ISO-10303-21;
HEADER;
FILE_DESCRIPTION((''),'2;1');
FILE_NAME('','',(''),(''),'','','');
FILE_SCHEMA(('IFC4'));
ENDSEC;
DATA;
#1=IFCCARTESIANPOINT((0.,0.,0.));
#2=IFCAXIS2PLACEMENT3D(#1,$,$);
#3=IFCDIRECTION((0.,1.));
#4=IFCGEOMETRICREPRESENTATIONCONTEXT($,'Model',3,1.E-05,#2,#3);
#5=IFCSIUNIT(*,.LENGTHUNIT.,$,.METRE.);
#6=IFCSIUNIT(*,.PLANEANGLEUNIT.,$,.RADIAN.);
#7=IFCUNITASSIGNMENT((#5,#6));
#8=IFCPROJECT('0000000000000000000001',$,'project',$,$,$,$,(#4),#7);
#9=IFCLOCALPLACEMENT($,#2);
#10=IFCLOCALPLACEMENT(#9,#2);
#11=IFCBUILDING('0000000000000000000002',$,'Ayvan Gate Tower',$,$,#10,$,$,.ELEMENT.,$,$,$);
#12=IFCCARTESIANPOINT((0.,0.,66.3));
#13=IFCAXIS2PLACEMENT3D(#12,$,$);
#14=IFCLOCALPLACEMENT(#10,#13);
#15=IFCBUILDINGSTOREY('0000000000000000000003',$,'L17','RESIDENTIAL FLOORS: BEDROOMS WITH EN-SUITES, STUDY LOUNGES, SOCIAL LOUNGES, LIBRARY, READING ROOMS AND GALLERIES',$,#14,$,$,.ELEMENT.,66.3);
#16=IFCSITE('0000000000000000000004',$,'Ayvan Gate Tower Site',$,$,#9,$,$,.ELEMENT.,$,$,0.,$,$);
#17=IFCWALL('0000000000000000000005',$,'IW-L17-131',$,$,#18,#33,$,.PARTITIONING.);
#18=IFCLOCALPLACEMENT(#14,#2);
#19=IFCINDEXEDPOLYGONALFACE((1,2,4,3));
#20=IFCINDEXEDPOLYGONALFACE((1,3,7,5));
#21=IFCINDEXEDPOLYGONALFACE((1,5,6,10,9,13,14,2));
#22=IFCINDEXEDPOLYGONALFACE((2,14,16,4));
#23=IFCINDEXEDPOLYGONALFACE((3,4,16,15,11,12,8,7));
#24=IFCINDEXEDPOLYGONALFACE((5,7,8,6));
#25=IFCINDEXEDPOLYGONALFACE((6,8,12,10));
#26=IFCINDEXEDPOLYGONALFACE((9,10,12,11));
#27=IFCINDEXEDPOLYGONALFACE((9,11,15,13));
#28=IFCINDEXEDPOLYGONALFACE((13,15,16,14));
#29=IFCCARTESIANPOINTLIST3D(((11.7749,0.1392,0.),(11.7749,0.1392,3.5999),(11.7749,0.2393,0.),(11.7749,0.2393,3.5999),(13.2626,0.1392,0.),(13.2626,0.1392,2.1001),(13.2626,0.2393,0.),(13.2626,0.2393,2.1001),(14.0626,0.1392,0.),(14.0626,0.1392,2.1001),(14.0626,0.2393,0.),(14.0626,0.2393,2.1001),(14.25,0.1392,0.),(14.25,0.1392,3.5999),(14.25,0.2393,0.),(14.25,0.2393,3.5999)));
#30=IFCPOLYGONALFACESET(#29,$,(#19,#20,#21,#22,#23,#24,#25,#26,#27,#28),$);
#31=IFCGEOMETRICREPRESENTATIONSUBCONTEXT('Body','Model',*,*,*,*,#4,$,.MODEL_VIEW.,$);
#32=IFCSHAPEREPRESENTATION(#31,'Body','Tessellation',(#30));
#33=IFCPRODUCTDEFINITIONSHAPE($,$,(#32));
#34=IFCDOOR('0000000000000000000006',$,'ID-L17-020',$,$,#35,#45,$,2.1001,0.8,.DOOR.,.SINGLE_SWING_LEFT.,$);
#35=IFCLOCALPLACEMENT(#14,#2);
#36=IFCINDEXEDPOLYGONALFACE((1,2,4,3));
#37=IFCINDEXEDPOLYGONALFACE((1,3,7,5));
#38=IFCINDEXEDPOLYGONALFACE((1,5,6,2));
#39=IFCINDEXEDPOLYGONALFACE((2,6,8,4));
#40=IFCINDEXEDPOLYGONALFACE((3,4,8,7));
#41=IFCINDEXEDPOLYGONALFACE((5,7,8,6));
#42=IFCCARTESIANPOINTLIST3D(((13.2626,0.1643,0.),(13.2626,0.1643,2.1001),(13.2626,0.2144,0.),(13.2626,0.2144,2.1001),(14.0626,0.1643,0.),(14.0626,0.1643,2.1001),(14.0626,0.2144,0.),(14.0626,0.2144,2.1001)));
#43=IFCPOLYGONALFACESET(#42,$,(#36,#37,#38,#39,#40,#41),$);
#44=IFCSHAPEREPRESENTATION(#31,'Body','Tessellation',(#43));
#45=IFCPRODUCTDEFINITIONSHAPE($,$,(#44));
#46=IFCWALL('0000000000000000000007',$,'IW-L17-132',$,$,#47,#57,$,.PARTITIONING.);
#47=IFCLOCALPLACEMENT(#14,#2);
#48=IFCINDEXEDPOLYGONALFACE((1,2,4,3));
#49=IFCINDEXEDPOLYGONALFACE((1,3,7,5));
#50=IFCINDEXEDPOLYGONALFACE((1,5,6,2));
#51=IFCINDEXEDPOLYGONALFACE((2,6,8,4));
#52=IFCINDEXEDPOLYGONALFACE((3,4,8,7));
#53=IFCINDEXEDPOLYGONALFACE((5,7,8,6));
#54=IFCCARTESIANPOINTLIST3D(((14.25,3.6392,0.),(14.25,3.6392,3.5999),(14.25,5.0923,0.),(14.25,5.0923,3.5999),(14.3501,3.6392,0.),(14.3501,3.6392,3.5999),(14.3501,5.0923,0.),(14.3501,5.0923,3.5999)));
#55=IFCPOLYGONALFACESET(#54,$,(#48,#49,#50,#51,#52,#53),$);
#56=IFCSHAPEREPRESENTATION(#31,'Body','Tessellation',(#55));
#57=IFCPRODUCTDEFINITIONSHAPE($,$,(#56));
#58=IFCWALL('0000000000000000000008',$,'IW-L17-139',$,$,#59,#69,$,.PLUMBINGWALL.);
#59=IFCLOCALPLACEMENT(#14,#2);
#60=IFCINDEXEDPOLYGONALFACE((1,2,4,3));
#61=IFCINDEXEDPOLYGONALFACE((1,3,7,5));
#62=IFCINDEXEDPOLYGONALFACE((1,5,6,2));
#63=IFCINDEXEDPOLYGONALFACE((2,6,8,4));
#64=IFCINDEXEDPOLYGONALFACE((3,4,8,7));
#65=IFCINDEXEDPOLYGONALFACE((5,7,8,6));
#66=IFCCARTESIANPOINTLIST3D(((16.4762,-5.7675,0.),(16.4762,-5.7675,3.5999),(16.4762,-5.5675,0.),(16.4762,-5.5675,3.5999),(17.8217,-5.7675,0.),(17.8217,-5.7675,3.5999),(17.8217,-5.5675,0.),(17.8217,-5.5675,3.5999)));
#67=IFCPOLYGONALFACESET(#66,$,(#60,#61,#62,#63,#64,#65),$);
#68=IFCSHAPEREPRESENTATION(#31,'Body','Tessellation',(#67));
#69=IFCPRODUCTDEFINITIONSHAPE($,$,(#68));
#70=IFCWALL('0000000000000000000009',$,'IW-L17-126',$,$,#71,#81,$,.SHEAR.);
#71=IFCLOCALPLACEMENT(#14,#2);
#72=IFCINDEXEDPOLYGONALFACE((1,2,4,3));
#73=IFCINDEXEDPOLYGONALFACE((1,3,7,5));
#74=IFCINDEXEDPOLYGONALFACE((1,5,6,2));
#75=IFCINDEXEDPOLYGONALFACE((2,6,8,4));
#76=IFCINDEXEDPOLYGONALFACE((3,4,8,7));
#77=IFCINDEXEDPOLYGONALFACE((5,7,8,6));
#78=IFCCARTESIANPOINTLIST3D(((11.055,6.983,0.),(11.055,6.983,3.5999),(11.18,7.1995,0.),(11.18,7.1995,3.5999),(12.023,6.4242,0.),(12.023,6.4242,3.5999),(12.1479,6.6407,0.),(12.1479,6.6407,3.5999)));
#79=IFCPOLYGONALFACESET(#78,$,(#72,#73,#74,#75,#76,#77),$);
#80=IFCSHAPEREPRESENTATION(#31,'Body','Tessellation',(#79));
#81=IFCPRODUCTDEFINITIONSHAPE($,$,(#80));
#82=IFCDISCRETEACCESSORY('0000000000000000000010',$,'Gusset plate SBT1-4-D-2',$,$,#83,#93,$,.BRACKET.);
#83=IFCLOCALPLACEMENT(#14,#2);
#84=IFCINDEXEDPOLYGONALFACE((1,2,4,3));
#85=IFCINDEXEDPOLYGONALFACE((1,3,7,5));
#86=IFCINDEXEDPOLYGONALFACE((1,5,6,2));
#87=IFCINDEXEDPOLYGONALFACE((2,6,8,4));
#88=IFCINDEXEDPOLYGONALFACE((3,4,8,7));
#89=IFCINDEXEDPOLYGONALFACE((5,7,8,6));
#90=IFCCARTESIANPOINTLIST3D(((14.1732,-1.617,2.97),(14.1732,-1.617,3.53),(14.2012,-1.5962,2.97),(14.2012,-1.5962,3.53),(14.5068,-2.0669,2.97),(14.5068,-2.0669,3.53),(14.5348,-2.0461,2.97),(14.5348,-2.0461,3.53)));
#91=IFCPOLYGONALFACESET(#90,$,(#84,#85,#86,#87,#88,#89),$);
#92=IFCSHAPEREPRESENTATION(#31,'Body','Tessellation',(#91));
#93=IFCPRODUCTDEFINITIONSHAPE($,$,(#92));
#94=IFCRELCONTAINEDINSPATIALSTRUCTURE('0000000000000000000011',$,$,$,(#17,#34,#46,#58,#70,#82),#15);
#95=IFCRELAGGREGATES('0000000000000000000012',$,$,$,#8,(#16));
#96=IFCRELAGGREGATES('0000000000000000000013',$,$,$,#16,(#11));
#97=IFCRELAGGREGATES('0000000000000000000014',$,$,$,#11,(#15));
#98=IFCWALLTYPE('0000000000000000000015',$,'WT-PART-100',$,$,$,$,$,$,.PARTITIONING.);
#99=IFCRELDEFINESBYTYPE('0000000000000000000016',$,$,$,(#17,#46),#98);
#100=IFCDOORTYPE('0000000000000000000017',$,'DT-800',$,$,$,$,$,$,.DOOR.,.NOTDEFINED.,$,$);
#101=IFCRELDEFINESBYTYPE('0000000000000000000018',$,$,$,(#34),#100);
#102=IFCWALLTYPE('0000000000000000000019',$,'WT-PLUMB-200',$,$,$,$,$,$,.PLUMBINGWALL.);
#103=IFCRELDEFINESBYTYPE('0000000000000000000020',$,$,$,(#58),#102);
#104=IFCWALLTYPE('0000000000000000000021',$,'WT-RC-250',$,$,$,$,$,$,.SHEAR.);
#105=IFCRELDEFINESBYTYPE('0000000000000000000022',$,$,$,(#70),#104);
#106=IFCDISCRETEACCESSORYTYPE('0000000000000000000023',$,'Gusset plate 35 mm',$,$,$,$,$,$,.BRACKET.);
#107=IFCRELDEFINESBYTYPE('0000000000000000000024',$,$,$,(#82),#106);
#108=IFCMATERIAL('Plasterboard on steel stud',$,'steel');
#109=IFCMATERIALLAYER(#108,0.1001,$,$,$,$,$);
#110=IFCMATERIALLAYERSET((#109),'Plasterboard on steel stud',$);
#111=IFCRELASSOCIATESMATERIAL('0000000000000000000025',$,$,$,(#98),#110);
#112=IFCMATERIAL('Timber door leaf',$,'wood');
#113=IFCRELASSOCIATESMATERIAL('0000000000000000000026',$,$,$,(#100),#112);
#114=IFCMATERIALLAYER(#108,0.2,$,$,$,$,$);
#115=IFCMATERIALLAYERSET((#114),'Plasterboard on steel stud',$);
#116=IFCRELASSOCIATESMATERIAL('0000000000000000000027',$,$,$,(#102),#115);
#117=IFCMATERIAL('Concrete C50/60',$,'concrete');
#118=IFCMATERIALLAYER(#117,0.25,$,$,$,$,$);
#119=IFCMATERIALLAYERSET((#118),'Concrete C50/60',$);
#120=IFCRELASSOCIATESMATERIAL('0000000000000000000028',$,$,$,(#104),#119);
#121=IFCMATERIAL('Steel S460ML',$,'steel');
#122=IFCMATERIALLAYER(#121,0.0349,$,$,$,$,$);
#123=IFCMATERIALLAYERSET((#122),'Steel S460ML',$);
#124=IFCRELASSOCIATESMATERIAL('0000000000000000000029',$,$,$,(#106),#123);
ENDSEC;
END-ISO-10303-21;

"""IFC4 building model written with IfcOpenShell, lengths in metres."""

from ifc_helpers import new_model, si_unit, direction, frame, frame_2d, origin, origin_2d, place, context, subcontext, project, spatial, rectangle, extrude, material, layer, layer_set, type_object, element, fill, save


model = new_model("IFC4")

# Units and contexts
model_context = context("Model", 3, precision=1e-05, world=origin(), true_north=direction((0.0, 1.0)))
body_context = subcontext(model_context, "Body", "Model", "MODEL_VIEW")
ifc_project = project(units=[si_unit("LENGTHUNIT", "METRE"), si_unit("PLANEANGLEUNIT", "RADIAN")], contexts=[model_context])

# Site, building, storey
site_placement = place(None, origin())
site = spatial("IfcSite", under=ifc_project, at=site_placement, Name="Ayvan Gate Tower Site", CompositionType="ELEMENT", RefElevation=0.0)
building_placement = place(site_placement, origin())
building = spatial("IfcBuilding", under=site, at=building_placement, Name="Ayvan Gate Tower", CompositionType="ELEMENT")
storey_placement = place(building_placement, frame((0.0, 0.0, 66.3)))
storey = spatial("IfcBuildingStorey", under=building, at=storey_placement, Name="L17", Description="RESIDENTIAL FLOORS: BEDROOMS WITH EN-SUITES, STUDY LOUNGES, SOCIAL LOUNGES, LIBRARY, READING ROOMS AND GALLERIES", CompositionType="ELEMENT", Elevation=66.3)

# Shared definitions
ifc_material_1 = material(Name="Plasterboard on steel stud", Category="steel")

# Shared definitions
ifc_material_2 = material(Name="Timber door leaf", Category="wood")
ifc_layer_1 = layer(ifc_material_1, 0.1001)
ifc_layer_set_1 = layer_set([ifc_layer_1], Name="Plasterboard on steel stud")
wall_type_1 = type_object("IfcWallType", Name="WT-PART-100", PredefinedType="PARTITIONING", material=ifc_layer_set_1)
door_type_1 = type_object("IfcDoorType", Name="DT-800", OperationType="NOTDEFINED", PredefinedType="DOOR", material=ifc_material_2)

# Wall, opening, door
wall_1_placement = place(storey_placement, frame((14.25, 0.1892, 0.0), z_axis=(0.0, 0.0, 1.0), x_axis=(-1.0, 0.0, 0.0)))
wall_1 = element("IfcWall", 1, at=wall_1_placement, inside=storey, type_object=wall_type_1, Name="IW-L17-131", PredefinedType="PARTITIONING", context=body_context, shape_type="SweptSolid", body=[
    extrude(rectangle(XDim=2.4751, YDim=0.1001, at=frame_2d((1.2375, 0.0))), origin(), (0.0, 0.0, 1.0), 3.5999),
])
opening_1_placement = place(wall_1_placement, frame((0.1875, 0.0, 0.0)))
opening_1 = element("IfcOpeningElement", 2, at=opening_1_placement, cuts=wall_1, PredefinedType="OPENING", context=body_context, shape_type="SweptSolid", body=[
    extrude(rectangle(XDim=0.8, YDim=2.1001, at=frame_2d((0.3999, 1.05))), frame((0.0, 0.0601, 0.0), z_axis=(0.0, -1.0, 0.0), x_axis=(1.0, 0.0, 0.0)), (0.0, 0.0, 1.0), 0.1201),
])
door_1_placement = place(opening_1_placement, origin())
door_1 = element("IfcDoor", 3, at=door_1_placement, inside=storey, type_object=door_type_1, Name="ID-L17-020", OperationType="SINGLE_SWING_LEFT", OverallHeight=2.1001, OverallWidth=0.8, PredefinedType="DOOR", context=body_context, shape_type="SweptSolid", body=[
    extrude(rectangle(XDim=0.8, YDim=2.1001, at=frame_2d((0.3999, 1.05))), frame((0.0, 0.0249, 0.0), z_axis=(0.0, -1.0, 0.0), x_axis=(1.0, 0.0, 0.0)), (0.0, 0.0, 1.0), 0.05),
])
fill(opening_1, door_1)

# Walls
wall_2_placement = place(storey_placement, frame((14.3, 3.6392, 0.0), z_axis=(0.0, 0.0, 1.0), x_axis=(0.0, 1.0, 0.0)))
element("IfcWall", 4, at=wall_2_placement, inside=storey, type_object=wall_type_1, Name="IW-L17-132", PredefinedType="PARTITIONING", context=body_context, shape_type="SweptSolid", body=[
    extrude(rectangle(XDim=1.4531, YDim=0.1001, at=frame_2d((0.7266, 0.0))), origin(), (0.0, 0.0, 1.0), 3.5999),
])
ifc_layer_2 = layer(ifc_material_1, 0.2)
ifc_layer_set_2 = layer_set([ifc_layer_2], Name="Plasterboard on steel stud")
wall_type_2 = type_object("IfcWallType", Name="WT-PLUMB-200", PredefinedType="PLUMBINGWALL", material=ifc_layer_set_2)
wall_3_placement = place(storey_placement, frame((17.8218, -5.6675, 0.0), z_axis=(0.0, 0.0, 1.0), x_axis=(-1.0, 0.0, 0.0)))
element("IfcWall", 5, at=wall_3_placement, inside=storey, type_object=wall_type_2, Name="IW-L17-139", PredefinedType="PLUMBINGWALL", context=body_context, shape_type="SweptSolid", body=[
    extrude(rectangle(XDim=1.3455, YDim=0.2, at=frame_2d((0.6729, 0.0))), origin(), (0.0, 0.0, 1.0), 3.5999),
])
ifc_material_3 = material(Name="Concrete C50/60", Category="concrete")
ifc_layer_3 = layer(ifc_material_3, 0.25)
ifc_layer_set_3 = layer_set([ifc_layer_3], Name="Concrete C50/60")
wall_type_3 = type_object("IfcWallType", Name="WT-RC-250", PredefinedType="SHEAR", material=ifc_layer_set_3)
wall_4_placement = place(storey_placement, frame((12.0854, 6.5325, 0.0), z_axis=(0.0, 0.0, 1.0), x_axis=(-0.866044, 0.499968, 0.0)))
element("IfcWall", 6, at=wall_4_placement, inside=storey, type_object=wall_type_3, Name="IW-L17-126", PredefinedType="SHEAR", context=body_context, shape_type="SweptSolid", body=[
    extrude(rectangle(XDim=1.1177, YDim=0.25, at=frame_2d((0.5588, 0.0))), origin(), (0.0, 0.0, 1.0), 3.5999),
])

# Discrete accessory
ifc_material_4 = material(Name="Steel S460ML", Category="steel")
ifc_layer_4 = layer(ifc_material_4, 0.0349)
ifc_layer_set_4 = layer_set([ifc_layer_4], Name="Steel S460ML")
discrete_accessory_type = type_object("IfcDiscreteAccessoryType", Name="Gusset plate 35 mm", PredefinedType="BRACKET", material=ifc_layer_set_4)
discrete_accessory_placement = place(storey_placement, frame((14.354, -1.8315, 2.97), z_axis=(0.0, 0.0, 1.0), x_axis=(-0.595718, 0.803194, 0.0)))
element("IfcDiscreteAccessory", 7, at=discrete_accessory_placement, inside=storey, type_object=discrete_accessory_type, Name="Gusset plate SBT1-4-D-2", PredefinedType="BRACKET", context=body_context, shape_type="SweptSolid", body=[
    extrude(rectangle(XDim=0.5601, YDim=0.0349, at=origin_2d()), origin(), (0.0, 0.0, 1.0), 0.5601),
])

save(model, "model.ifc")
